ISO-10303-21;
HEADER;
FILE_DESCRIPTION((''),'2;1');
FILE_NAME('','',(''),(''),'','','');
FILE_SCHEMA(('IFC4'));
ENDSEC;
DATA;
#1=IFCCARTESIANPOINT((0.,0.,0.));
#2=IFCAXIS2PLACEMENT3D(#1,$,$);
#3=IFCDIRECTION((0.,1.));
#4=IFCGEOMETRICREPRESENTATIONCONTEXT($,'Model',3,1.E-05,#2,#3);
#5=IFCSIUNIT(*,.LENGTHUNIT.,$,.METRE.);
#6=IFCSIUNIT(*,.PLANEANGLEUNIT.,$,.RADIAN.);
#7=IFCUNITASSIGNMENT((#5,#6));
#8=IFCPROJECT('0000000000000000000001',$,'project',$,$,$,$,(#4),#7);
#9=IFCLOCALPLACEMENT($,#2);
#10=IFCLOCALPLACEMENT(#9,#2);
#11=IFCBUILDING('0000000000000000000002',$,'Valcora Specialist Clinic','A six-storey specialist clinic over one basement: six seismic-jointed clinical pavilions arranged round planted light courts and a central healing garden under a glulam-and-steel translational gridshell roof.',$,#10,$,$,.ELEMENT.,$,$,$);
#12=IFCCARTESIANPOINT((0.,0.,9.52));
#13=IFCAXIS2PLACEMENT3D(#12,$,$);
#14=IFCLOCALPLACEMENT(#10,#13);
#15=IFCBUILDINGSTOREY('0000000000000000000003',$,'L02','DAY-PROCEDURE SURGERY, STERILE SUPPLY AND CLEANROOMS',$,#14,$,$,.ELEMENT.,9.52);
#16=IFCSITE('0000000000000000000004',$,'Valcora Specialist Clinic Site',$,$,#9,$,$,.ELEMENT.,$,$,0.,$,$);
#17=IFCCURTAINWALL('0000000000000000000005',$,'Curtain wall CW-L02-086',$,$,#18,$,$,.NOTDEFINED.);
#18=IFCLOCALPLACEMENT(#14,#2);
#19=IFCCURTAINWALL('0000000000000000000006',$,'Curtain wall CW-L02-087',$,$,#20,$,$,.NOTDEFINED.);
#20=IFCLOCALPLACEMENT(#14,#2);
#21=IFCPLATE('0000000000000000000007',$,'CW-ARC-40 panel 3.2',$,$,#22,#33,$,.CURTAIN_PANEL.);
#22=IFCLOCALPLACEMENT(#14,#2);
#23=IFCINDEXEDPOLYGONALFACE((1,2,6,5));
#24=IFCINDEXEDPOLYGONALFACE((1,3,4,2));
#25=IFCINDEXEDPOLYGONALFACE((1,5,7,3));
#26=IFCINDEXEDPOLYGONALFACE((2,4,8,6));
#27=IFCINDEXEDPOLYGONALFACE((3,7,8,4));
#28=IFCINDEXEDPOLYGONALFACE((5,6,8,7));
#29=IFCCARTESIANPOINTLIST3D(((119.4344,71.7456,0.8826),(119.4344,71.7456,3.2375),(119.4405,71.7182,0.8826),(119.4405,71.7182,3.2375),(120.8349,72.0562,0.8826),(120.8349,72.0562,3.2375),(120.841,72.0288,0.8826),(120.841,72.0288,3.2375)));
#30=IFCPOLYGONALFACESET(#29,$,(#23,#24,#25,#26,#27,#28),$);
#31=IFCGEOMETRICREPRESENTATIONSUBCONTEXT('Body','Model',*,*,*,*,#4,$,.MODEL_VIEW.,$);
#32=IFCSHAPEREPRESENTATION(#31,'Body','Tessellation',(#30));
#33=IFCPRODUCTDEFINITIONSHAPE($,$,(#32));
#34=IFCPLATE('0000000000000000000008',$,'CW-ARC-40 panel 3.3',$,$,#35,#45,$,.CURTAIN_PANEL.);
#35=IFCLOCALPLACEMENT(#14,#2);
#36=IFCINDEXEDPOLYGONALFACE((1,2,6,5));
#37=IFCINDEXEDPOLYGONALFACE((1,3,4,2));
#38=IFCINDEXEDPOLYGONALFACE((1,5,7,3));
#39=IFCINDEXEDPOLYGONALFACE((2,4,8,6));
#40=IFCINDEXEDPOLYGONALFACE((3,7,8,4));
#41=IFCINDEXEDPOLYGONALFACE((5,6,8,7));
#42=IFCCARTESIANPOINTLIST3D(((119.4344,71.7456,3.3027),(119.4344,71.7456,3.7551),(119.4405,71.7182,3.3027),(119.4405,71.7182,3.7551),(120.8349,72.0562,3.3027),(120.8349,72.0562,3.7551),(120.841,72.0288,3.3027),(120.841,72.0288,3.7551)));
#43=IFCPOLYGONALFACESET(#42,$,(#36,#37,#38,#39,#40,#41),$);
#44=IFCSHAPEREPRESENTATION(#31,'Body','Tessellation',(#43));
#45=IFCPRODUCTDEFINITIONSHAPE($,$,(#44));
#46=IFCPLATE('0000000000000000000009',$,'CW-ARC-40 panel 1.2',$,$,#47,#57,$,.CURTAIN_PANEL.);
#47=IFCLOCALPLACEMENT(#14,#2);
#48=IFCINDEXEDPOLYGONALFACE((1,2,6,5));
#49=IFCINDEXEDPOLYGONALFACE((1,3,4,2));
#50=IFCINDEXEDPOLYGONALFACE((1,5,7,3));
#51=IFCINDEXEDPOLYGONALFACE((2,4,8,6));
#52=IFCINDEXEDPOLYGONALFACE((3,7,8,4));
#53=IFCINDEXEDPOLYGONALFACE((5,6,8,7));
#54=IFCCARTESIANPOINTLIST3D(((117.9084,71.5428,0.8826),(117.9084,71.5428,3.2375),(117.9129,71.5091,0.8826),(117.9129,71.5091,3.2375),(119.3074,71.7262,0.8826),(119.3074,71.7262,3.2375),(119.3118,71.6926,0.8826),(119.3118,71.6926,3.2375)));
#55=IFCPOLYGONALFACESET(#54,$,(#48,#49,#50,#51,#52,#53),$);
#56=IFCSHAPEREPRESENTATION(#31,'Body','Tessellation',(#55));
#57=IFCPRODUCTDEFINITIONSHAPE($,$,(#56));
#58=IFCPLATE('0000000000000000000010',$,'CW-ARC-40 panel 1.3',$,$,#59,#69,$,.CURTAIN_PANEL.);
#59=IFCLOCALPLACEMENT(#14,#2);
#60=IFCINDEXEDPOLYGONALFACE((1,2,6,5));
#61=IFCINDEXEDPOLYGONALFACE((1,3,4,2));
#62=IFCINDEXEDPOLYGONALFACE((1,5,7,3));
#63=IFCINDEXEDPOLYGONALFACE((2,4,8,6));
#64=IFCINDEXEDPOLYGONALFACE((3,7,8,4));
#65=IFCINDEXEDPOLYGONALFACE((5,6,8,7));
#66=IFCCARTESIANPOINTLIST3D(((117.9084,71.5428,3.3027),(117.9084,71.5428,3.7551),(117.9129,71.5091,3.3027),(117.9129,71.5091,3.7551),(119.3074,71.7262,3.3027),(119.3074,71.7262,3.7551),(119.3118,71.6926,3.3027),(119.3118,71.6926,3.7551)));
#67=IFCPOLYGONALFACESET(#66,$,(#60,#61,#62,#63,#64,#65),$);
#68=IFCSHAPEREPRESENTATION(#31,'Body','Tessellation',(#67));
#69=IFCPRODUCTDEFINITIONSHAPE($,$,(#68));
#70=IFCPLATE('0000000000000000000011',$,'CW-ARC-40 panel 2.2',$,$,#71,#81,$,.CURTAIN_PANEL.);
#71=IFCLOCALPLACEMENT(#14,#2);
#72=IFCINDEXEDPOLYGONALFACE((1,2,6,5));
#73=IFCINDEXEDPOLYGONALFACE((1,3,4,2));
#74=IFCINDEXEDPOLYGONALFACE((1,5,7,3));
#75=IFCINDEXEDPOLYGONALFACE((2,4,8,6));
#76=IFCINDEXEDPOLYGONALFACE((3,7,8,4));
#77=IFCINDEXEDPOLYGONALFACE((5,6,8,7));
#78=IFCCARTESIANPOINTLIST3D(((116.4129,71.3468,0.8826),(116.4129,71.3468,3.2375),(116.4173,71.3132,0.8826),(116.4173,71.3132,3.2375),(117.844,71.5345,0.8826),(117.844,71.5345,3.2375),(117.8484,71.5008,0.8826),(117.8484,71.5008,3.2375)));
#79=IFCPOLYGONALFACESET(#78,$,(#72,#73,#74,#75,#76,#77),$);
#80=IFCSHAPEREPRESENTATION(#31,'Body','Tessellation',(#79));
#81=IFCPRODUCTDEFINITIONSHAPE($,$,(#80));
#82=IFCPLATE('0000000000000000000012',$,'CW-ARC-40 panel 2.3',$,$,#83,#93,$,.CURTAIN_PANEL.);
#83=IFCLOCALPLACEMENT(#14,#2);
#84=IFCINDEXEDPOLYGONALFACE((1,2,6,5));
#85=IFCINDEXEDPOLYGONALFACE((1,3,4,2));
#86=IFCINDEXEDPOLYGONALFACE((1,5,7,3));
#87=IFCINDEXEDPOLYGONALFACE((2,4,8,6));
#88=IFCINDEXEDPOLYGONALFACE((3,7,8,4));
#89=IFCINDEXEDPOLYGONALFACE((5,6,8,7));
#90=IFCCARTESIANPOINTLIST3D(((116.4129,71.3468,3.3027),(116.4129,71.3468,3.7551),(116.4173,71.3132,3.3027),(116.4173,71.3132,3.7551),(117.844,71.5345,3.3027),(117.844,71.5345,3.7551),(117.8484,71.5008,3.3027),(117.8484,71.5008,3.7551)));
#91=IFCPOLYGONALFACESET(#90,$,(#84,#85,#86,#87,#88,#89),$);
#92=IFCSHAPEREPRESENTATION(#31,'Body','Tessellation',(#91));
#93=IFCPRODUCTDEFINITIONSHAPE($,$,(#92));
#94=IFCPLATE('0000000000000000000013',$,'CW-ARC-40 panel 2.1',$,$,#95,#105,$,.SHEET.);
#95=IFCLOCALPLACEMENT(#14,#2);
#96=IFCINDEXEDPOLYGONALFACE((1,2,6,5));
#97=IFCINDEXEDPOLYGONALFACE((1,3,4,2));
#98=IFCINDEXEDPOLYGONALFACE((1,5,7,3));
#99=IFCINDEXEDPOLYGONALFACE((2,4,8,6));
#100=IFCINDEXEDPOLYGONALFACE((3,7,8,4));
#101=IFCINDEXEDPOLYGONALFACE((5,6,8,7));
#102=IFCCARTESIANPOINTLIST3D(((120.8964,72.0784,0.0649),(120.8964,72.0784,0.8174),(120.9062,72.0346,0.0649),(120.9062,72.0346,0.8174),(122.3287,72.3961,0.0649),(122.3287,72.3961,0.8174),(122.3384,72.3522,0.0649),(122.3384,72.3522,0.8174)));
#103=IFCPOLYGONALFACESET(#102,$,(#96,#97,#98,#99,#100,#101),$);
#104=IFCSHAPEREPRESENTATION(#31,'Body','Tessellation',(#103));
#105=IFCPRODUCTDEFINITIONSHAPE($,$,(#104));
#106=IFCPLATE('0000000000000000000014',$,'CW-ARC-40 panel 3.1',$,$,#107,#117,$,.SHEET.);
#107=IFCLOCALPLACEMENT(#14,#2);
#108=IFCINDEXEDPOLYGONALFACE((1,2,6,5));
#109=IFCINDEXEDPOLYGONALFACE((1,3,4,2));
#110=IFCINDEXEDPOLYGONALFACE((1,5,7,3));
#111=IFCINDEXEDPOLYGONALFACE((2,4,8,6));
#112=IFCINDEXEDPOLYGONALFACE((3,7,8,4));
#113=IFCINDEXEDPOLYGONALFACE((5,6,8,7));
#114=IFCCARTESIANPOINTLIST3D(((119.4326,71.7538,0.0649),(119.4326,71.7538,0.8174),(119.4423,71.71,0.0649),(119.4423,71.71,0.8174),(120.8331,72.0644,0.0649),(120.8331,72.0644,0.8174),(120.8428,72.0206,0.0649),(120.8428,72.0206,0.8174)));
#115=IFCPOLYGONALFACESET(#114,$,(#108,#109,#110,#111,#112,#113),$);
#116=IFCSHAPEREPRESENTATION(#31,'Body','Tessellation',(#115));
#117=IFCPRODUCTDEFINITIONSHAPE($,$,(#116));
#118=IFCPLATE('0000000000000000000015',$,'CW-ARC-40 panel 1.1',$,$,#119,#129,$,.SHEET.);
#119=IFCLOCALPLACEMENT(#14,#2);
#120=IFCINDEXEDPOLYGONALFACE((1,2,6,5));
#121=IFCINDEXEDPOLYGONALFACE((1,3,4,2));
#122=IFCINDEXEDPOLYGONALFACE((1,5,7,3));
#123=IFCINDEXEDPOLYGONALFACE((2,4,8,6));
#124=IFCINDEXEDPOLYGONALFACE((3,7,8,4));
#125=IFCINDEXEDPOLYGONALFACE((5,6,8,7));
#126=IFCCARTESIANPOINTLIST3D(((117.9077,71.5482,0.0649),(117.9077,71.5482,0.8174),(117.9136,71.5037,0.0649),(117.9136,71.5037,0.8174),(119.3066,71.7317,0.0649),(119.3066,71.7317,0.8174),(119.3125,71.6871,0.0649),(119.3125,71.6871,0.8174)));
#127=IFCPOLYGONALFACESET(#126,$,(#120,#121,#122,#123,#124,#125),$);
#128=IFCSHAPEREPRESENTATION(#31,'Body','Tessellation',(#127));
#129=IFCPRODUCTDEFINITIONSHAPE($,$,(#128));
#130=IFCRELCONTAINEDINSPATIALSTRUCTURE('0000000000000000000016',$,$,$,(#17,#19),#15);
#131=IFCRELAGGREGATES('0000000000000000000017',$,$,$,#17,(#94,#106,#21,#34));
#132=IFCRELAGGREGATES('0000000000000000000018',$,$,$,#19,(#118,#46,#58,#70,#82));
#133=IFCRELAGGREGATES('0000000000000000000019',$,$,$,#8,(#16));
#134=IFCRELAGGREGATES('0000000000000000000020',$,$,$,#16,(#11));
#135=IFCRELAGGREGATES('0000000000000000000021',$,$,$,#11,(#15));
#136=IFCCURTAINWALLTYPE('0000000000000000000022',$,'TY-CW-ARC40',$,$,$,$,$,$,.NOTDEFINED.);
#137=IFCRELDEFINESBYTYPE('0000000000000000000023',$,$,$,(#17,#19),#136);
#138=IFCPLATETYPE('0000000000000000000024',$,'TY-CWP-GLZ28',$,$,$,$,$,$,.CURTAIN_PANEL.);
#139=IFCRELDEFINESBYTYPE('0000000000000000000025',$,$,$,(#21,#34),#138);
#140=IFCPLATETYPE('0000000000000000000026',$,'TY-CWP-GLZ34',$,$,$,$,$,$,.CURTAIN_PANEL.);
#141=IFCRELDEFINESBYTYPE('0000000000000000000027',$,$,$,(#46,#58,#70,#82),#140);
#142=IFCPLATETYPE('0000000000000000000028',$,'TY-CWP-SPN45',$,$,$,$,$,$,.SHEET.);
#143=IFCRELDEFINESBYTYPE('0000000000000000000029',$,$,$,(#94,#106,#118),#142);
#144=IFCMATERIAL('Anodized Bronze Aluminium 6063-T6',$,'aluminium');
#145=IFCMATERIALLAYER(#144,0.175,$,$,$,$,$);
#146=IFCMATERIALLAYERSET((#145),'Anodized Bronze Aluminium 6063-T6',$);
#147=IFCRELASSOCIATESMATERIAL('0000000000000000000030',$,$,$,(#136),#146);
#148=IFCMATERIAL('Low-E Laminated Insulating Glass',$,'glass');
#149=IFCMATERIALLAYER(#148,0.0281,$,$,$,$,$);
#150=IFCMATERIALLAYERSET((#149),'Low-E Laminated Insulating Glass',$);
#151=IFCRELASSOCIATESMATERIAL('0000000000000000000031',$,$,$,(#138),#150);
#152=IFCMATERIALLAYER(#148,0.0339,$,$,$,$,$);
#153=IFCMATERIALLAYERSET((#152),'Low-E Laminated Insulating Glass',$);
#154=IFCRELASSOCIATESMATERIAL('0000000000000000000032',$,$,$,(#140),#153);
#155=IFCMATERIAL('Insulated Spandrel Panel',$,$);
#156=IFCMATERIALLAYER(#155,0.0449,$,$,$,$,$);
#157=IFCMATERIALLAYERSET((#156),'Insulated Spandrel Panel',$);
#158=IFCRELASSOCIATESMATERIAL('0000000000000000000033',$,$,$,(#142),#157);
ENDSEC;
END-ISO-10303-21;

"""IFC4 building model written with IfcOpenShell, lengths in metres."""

from ifc_helpers import new_model, si_unit, direction, frame, origin, origin_2d, place, context, subcontext, project, spatial, rectangle, extrude, material, layer, layer_set, type_object, element, aggregate, save


model = new_model("IFC4")

# Units and contexts
model_context = context("Model", 3, precision=1e-05, world=origin(), true_north=direction((0.0, 1.0)))
body_context = subcontext(model_context, "Body", "Model", "MODEL_VIEW")
ifc_project = project(units=[si_unit("LENGTHUNIT", "METRE"), si_unit("PLANEANGLEUNIT", "RADIAN")], contexts=[model_context])

# Site, building, storey
site_placement = place(None, origin())
site = spatial("IfcSite", under=ifc_project, at=site_placement, Name="Valcora Specialist Clinic Site", CompositionType="ELEMENT", RefElevation=0.0)
building_placement = place(site_placement, origin())
building = spatial("IfcBuilding", under=site, at=building_placement, Name="Valcora Specialist Clinic", Description="A six-storey specialist clinic over one basement: six seismic-jointed clinical pavilions arranged round planted light courts and a central healing garden under a glulam-and-steel translational gridshell roof.", CompositionType="ELEMENT")
storey_placement = place(building_placement, frame((0.0, 0.0, 9.52)))
storey = spatial("IfcBuildingStorey", under=building, at=storey_placement, Name="L02", Description="DAY-PROCEDURE SURGERY, STERILE SUPPLY AND CLEANROOMS", CompositionType="ELEMENT", Elevation=9.52)

# Curtain walls
ifc_material_1 = material(Name="Anodized Bronze Aluminium 6063-T6", Category="aluminium")
ifc_layer_1 = layer(ifc_material_1, 0.175)
ifc_layer_set_1 = layer_set([ifc_layer_1], Name="Anodized Bronze Aluminium 6063-T6")
curtain_wall_type = type_object("IfcCurtainWallType", Name="TY-CW-ARC40", PredefinedType="NOTDEFINED", material=ifc_layer_set_1)
curtain_wall_1_placement = place(storey_placement, origin())
curtain_wall_1 = element("IfcCurtainWall", 1, at=curtain_wall_1_placement, inside=storey, type_object=curtain_wall_type, Name="Curtain wall CW-L02-086", PredefinedType="NOTDEFINED")
curtain_wall_2_placement = place(storey_placement, origin())
curtain_wall_2 = element("IfcCurtainWall", 2, at=curtain_wall_2_placement, inside=storey, type_object=curtain_wall_type, Name="Curtain wall CW-L02-087", PredefinedType="NOTDEFINED")

# Plates
ifc_material_2 = material(Name="Low-E Laminated Insulating Glass", Category="glass")
ifc_layer_2 = layer(ifc_material_2, 0.0281)
ifc_layer_set_2 = layer_set([ifc_layer_2], Name="Low-E Laminated Insulating Glass")
plate_type_1 = type_object("IfcPlateType", Name="TY-CWP-GLZ28", PredefinedType="CURTAIN_PANEL", material=ifc_layer_set_2)
plate_1_placement = place(storey_placement, frame((120.1377, 71.8872, 0.8826), z_axis=(0.0, 0.0, 1.0), x_axis=(-0.976279, -0.216518, 0.0)))
plate_1 = element("IfcPlate", 3, at=plate_1_placement, type_object=plate_type_1, Name="CW-ARC-40 panel 3.2", PredefinedType="CURTAIN_PANEL", context=body_context, shape_type="SweptSolid", body=[
    extrude(rectangle(XDim=1.4346, YDim=0.0281, at=origin_2d()), origin(), (0.0, 0.0, 1.0), 2.355),
])
plate_2_placement = place(storey_placement, frame((120.1377, 71.8872, 3.3027), z_axis=(0.0, 0.0, 1.0), x_axis=(-0.976279, -0.216518, 0.0)))
plate_2 = element("IfcPlate", 4, at=plate_2_placement, type_object=plate_type_1, Name="CW-ARC-40 panel 3.3", PredefinedType="CURTAIN_PANEL", context=body_context, shape_type="SweptSolid", body=[
    extrude(rectangle(XDim=1.4346, YDim=0.0281, at=origin_2d()), origin(), (0.0, 0.0, 1.0), 0.4524),
])
ifc_layer_3 = layer(ifc_material_2, 0.0339)
ifc_layer_set_3 = layer_set([ifc_layer_3], Name="Low-E Laminated Insulating Glass")
plate_type_2 = type_object("IfcPlateType", Name="TY-CWP-GLZ34", PredefinedType="CURTAIN_PANEL", material=ifc_layer_set_3)
plate_3_placement = place(storey_placement, frame((118.6101, 71.6177, 0.8826), z_axis=(0.0, 0.0, 1.0), x_axis=(-0.991514, -0.129999, 0.0)))
plate_3 = element("IfcPlate", 5, at=plate_3_placement, type_object=plate_type_2, Name="CW-ARC-40 panel 1.2", PredefinedType="CURTAIN_PANEL", context=body_context, shape_type="SweptSolid", body=[
    extrude(rectangle(XDim=1.4109, YDim=0.0339, at=origin_2d()), origin(), (0.0, 0.0, 1.0), 2.355),
])
plate_4_placement = place(storey_placement, frame((118.6101, 71.6177, 3.3027), z_axis=(0.0, 0.0, 1.0), x_axis=(-0.991514, -0.129999, 0.0)))
plate_4 = element("IfcPlate", 6, at=plate_4_placement, type_object=plate_type_2, Name="CW-ARC-40 panel 1.3", PredefinedType="CURTAIN_PANEL", context=body_context, shape_type="SweptSolid", body=[
    extrude(rectangle(XDim=1.4109, YDim=0.0339, at=origin_2d()), origin(), (0.0, 0.0, 1.0), 0.4524),
])
plate_5_placement = place(storey_placement, frame((117.1306, 71.4238, 0.8826), z_axis=(0.0, 0.0, 1.0), x_axis=(-0.991514, -0.129999, 0.0)))
plate_5 = element("IfcPlate", 7, at=plate_5_placement, type_object=plate_type_2, Name="CW-ARC-40 panel 2.2", PredefinedType="CURTAIN_PANEL", context=body_context, shape_type="SweptSolid", body=[
    extrude(rectangle(XDim=1.4434, YDim=0.0339, at=origin_2d()), origin(), (0.0, 0.0, 1.0), 2.355),
])
plate_6_placement = place(storey_placement, frame((117.1306, 71.4238, 3.3027), z_axis=(0.0, 0.0, 1.0), x_axis=(-0.991514, -0.129999, 0.0)))
plate_6 = element("IfcPlate", 8, at=plate_6_placement, type_object=plate_type_2, Name="CW-ARC-40 panel 2.3", PredefinedType="CURTAIN_PANEL", context=body_context, shape_type="SweptSolid", body=[
    extrude(rectangle(XDim=1.4434, YDim=0.0339, at=origin_2d()), origin(), (0.0, 0.0, 1.0), 0.4524),
])
ifc_material_3 = material(Name="Insulated Spandrel Panel")
ifc_layer_4 = layer(ifc_material_3, 0.0449)
ifc_layer_set_4 = layer_set([ifc_layer_4], Name="Insulated Spandrel Panel")
plate_type_3 = type_object("IfcPlateType", Name="TY-CWP-SPN45", PredefinedType="SHEET", material=ifc_layer_set_4)
plate_7_placement = place(storey_placement, frame((121.6174, 72.2153, 0.0649), z_axis=(0.0, 0.0, 1.0), x_axis=(-0.976279, -0.216518, 0.0)))
plate_7 = element("IfcPlate", 9, at=plate_7_placement, type_object=plate_type_3, Name="CW-ARC-40 panel 2.1", PredefinedType="SHEET", context=body_context, shape_type="SweptSolid", body=[
    extrude(rectangle(XDim=1.467, YDim=0.0449, at=origin_2d()), origin(), (0.0, 0.0, 1.0), 0.7524),
])
plate_8_placement = place(storey_placement, frame((120.1377, 71.8872, 0.0649), z_axis=(0.0, 0.0, 1.0), x_axis=(-0.976279, -0.216518, 0.0)))
plate_8 = element("IfcPlate", 10, at=plate_8_placement, type_object=plate_type_3, Name="CW-ARC-40 panel 3.1", PredefinedType="SHEET", context=body_context, shape_type="SweptSolid", body=[
    extrude(rectangle(XDim=1.4346, YDim=0.0449, at=origin_2d()), origin(), (0.0, 0.0, 1.0), 0.7524),
])
aggregate(curtain_wall_1, [plate_7, plate_8, plate_1, plate_2])
plate_9_placement = place(storey_placement, frame((118.6101, 71.6177, 0.0649), z_axis=(0.0, 0.0, 1.0), x_axis=(-0.991514, -0.129999, 0.0)))
plate_9 = element("IfcPlate", 11, at=plate_9_placement, type_object=plate_type_3, Name="CW-ARC-40 panel 1.1", PredefinedType="SHEET", context=body_context, shape_type="SweptSolid", body=[
    extrude(rectangle(XDim=1.4109, YDim=0.0449, at=origin_2d()), origin(), (0.0, 0.0, 1.0), 0.7524),
])
aggregate(curtain_wall_2, [plate_9, plate_3, plate_4, plate_5, plate_6])

save(model, "model.ifc")
